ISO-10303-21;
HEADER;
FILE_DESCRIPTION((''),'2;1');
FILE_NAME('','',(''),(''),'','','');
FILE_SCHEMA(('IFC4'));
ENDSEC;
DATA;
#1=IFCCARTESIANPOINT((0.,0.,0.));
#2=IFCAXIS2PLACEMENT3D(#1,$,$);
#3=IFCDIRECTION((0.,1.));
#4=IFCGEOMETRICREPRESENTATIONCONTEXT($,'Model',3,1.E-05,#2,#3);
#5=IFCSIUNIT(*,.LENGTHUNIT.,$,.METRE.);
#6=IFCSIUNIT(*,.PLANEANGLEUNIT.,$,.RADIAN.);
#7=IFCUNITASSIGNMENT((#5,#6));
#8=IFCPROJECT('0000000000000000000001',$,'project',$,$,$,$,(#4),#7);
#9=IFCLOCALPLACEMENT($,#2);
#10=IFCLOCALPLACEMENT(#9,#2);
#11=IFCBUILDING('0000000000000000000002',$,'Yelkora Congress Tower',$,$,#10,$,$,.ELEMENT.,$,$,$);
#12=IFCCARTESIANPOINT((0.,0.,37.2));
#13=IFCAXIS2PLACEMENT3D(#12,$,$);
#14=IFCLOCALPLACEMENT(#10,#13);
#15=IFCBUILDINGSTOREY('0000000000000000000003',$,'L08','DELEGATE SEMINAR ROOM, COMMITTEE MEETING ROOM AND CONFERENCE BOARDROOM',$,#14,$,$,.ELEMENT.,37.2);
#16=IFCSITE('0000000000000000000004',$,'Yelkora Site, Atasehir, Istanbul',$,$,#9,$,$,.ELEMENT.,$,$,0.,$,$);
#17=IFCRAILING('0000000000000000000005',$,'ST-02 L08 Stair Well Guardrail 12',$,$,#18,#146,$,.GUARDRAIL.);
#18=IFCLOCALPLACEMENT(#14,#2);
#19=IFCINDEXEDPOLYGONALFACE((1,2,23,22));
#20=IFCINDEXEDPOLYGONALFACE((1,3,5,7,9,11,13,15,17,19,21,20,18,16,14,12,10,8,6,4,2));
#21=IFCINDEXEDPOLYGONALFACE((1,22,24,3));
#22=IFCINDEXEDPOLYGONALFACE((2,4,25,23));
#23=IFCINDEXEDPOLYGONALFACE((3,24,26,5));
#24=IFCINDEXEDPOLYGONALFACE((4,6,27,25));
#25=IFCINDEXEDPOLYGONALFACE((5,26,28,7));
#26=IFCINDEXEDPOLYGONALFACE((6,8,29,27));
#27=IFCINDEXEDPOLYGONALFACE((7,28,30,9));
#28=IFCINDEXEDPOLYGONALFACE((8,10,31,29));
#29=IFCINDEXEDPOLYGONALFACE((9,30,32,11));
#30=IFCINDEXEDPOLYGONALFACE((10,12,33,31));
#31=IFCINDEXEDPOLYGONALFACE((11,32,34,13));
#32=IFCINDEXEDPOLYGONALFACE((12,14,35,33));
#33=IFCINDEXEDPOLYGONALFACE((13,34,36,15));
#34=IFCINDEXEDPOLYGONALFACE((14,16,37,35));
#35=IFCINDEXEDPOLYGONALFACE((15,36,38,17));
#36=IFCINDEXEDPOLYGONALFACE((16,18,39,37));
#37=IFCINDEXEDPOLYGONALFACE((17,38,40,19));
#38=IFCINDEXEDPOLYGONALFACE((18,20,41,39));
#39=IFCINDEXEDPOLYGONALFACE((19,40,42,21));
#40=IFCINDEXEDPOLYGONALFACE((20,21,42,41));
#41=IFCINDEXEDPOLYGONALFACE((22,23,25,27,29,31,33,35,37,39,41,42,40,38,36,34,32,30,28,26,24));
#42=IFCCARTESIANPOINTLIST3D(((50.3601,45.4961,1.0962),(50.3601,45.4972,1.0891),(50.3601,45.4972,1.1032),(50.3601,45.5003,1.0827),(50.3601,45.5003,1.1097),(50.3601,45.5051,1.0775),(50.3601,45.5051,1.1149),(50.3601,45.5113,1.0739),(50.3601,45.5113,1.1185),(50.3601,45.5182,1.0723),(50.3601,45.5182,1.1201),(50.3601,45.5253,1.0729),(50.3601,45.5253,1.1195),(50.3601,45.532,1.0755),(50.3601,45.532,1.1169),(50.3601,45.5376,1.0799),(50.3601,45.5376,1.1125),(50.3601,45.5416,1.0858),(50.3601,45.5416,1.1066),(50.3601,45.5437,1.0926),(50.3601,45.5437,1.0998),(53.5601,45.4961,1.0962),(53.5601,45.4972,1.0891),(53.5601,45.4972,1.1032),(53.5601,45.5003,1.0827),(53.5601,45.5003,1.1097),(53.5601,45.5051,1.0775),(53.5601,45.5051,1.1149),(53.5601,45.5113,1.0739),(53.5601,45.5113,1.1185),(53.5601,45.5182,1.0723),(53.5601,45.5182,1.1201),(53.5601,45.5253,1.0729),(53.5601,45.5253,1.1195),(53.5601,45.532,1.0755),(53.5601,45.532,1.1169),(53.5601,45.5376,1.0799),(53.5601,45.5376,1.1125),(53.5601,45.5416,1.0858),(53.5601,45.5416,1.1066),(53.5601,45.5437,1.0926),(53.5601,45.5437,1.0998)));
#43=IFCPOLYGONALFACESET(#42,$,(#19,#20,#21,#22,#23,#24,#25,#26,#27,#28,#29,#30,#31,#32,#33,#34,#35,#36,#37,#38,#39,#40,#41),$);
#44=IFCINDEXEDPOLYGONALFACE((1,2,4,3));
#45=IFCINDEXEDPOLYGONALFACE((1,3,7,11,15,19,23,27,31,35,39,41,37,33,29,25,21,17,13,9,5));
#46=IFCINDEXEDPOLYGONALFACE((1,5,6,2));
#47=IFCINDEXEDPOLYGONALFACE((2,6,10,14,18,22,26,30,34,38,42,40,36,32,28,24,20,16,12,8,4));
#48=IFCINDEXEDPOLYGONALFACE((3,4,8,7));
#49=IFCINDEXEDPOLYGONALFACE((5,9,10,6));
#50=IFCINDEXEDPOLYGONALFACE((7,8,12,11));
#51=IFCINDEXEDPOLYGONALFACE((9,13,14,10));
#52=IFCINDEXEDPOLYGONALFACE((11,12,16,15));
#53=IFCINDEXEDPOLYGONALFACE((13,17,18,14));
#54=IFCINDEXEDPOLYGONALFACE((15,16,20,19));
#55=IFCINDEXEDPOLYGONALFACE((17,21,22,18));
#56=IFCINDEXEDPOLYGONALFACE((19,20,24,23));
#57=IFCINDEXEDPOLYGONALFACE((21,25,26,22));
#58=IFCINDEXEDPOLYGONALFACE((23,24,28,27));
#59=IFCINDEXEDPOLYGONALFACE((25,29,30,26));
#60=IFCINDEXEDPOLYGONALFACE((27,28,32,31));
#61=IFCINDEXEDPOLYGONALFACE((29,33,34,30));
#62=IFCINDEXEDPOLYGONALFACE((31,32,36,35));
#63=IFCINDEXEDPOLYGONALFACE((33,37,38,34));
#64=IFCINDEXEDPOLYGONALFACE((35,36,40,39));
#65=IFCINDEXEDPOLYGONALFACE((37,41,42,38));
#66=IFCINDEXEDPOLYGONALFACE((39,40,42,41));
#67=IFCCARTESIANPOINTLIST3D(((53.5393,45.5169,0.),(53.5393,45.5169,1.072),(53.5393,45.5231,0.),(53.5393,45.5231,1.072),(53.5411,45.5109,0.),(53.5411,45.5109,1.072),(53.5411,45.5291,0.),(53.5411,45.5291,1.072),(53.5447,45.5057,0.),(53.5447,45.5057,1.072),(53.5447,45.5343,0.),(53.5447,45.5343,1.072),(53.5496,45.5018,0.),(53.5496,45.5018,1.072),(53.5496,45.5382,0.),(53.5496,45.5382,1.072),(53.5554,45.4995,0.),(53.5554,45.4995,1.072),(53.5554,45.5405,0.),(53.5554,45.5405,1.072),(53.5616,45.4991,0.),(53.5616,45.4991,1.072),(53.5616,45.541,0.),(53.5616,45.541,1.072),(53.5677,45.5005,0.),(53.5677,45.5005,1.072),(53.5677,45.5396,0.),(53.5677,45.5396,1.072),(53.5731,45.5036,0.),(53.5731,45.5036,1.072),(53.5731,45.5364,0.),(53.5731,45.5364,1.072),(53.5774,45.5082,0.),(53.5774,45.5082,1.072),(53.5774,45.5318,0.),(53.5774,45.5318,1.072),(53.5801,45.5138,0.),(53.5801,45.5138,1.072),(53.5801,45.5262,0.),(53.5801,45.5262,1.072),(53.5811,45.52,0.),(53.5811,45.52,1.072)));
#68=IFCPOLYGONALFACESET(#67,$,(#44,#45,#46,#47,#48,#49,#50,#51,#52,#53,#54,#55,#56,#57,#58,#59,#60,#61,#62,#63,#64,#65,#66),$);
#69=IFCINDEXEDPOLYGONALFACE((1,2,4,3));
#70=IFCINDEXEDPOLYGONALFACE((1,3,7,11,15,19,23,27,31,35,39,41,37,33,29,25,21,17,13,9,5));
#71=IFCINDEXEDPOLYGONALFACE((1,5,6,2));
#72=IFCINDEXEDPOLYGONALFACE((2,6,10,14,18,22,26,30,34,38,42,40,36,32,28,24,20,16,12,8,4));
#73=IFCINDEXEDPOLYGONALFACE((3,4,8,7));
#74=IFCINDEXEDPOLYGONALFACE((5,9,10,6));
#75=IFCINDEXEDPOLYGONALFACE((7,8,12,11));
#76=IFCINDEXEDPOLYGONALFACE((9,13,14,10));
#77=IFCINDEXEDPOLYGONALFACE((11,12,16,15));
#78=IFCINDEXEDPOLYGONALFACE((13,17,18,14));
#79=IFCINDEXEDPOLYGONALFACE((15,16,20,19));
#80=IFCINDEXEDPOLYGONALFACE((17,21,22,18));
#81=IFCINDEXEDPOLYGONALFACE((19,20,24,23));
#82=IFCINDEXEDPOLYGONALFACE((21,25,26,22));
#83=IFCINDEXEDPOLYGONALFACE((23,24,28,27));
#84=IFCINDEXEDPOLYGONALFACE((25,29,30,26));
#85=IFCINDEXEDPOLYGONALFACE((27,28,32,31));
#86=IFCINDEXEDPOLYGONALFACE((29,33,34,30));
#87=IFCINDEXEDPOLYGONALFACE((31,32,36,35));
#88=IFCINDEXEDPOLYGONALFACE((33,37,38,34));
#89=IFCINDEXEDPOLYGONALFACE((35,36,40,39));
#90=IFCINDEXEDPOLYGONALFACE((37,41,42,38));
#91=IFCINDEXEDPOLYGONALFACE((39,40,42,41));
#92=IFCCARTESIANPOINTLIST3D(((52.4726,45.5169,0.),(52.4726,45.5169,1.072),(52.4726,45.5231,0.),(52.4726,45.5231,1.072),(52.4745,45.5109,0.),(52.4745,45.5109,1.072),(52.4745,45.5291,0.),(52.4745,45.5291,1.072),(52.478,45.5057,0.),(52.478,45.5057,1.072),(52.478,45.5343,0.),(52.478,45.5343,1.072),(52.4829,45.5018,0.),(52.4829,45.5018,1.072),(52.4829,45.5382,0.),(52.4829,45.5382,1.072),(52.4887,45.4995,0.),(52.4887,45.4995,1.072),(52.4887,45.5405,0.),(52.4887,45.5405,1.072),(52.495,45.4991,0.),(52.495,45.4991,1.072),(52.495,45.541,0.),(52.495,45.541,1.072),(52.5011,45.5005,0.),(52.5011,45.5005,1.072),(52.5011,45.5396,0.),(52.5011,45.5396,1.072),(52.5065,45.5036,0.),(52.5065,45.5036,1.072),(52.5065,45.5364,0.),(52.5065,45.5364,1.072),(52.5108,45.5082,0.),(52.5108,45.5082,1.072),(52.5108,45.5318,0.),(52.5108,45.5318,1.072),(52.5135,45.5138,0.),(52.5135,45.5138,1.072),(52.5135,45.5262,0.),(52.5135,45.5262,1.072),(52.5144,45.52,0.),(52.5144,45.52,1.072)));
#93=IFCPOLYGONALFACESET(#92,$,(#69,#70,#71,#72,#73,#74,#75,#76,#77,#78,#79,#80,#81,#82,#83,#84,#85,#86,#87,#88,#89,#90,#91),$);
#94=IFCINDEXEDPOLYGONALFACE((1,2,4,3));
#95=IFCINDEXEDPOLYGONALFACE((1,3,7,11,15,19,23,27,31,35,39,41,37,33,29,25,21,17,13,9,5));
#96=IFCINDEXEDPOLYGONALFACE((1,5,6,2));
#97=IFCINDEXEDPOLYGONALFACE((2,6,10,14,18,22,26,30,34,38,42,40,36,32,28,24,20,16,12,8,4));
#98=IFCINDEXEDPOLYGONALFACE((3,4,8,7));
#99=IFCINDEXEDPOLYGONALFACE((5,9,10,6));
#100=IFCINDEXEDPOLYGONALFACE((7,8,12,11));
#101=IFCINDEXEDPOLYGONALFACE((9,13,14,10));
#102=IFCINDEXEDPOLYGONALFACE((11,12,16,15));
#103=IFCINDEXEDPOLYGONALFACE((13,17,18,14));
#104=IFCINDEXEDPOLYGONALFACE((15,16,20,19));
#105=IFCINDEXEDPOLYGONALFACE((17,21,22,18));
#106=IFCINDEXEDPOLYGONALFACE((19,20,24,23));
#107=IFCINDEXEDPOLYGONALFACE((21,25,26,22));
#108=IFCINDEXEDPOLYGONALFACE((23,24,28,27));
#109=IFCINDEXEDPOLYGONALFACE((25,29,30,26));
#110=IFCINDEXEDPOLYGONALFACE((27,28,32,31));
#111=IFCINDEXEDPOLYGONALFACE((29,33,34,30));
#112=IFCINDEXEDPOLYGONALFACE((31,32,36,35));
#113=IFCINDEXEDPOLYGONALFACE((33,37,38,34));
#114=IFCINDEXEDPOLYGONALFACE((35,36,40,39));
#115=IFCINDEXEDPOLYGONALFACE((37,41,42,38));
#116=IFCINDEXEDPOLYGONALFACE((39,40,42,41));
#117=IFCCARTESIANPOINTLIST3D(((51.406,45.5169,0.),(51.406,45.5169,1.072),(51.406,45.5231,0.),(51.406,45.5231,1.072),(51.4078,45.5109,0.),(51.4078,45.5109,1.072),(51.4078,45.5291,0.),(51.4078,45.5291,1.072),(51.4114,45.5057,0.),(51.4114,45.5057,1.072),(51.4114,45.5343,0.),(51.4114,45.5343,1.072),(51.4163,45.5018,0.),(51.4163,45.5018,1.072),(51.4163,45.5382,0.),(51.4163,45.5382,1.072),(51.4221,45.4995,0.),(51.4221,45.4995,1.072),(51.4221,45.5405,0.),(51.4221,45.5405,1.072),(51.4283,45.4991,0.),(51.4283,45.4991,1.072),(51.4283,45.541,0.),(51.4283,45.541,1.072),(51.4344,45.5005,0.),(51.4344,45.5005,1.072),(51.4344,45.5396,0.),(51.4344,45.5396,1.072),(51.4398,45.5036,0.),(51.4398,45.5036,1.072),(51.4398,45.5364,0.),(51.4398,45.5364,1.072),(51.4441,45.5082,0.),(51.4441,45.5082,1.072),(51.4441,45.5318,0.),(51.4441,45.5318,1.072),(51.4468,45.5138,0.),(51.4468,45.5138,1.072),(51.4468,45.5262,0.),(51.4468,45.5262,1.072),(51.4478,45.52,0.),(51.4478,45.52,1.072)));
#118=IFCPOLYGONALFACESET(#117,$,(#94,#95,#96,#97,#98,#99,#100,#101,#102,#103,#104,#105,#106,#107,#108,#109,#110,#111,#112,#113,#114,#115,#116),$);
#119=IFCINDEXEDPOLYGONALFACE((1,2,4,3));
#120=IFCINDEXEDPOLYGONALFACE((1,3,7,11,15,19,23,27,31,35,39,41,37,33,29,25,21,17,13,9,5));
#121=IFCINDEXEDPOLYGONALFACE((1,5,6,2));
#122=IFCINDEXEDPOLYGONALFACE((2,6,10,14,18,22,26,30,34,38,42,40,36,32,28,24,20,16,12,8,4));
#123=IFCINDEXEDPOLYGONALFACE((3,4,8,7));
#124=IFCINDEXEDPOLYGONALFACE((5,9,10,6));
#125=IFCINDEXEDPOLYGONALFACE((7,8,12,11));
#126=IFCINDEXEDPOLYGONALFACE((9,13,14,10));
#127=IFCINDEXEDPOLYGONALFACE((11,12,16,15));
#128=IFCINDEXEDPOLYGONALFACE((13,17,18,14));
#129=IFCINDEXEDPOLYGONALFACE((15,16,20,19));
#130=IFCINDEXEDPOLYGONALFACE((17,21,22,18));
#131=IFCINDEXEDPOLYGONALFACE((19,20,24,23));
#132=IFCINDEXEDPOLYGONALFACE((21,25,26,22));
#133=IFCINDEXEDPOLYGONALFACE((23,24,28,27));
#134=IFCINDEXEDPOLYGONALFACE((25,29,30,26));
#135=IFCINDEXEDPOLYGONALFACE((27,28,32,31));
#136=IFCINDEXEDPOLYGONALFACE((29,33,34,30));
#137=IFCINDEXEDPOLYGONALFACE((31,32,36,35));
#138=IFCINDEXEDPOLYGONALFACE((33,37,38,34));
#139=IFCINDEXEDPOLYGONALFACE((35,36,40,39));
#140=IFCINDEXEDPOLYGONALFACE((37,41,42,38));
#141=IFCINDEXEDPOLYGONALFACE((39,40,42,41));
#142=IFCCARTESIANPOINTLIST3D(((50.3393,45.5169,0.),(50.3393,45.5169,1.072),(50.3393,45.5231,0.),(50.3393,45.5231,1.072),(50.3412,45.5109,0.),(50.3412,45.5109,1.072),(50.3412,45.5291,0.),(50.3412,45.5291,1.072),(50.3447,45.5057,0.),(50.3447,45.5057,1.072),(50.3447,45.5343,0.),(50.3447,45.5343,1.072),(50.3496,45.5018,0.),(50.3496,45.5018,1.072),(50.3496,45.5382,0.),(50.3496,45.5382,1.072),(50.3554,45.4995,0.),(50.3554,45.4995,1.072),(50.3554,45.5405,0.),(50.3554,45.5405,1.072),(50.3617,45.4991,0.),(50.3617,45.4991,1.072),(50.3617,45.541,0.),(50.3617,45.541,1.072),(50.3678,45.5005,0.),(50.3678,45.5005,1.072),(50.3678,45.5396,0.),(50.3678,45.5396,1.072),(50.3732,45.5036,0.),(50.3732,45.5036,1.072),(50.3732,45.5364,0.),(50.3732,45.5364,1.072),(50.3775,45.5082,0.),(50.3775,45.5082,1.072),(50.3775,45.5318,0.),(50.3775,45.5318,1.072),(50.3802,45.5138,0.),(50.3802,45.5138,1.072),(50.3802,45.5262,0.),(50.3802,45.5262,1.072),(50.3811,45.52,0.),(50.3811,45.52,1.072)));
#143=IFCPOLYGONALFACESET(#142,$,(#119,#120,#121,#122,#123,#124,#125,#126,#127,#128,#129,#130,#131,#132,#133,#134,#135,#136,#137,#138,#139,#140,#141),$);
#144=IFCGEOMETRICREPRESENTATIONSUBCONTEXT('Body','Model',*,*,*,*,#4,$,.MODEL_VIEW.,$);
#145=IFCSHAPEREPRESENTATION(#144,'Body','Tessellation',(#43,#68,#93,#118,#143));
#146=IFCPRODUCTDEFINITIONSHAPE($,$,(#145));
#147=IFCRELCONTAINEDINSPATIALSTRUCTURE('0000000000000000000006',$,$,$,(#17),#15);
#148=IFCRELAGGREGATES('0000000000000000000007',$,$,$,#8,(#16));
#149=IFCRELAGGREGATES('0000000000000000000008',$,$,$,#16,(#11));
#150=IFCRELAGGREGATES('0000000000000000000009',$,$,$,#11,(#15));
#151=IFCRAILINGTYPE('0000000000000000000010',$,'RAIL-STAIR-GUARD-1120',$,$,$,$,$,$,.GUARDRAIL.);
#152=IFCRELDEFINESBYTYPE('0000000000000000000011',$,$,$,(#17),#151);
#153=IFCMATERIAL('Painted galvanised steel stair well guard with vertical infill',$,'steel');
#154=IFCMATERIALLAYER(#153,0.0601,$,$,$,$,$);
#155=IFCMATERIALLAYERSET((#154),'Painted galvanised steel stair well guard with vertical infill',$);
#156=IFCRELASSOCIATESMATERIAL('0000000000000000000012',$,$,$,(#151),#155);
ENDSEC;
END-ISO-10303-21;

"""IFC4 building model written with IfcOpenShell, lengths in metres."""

from ifc_helpers import new_model, si_unit, direction, frame, origin, origin_2d, place, context, subcontext, project, spatial, circle, extrude, material, layer, layer_set, type_object, element, save


model = new_model("IFC4")

# Units and contexts
model_context = context("Model", 3, precision=1e-05, world=origin(), true_north=direction((0.0, 1.0)))
body_context = subcontext(model_context, "Body", "Model", "MODEL_VIEW")
ifc_project = project(units=[si_unit("LENGTHUNIT", "METRE"), si_unit("PLANEANGLEUNIT", "RADIAN")], contexts=[model_context])

# Site, building, storey
site_placement = place(None, origin())
site = spatial("IfcSite", under=ifc_project, at=site_placement, Name="Yelkora Site, Atasehir, Istanbul", CompositionType="ELEMENT", RefElevation=0.0)
building_placement = place(site_placement, origin())
building = spatial("IfcBuilding", under=site, at=building_placement, Name="Yelkora Congress Tower", CompositionType="ELEMENT")
storey_placement = place(building_placement, frame((0.0, 0.0, 37.2)))
storey = spatial("IfcBuildingStorey", under=building, at=storey_placement, Name="L08", Description="DELEGATE SEMINAR ROOM, COMMITTEE MEETING ROOM AND CONFERENCE BOARDROOM", CompositionType="ELEMENT", Elevation=37.2)

# Railing
ifc_material_1 = material(Name="Painted galvanised steel stair well guard with vertical infill", Category="steel")
ifc_layer_1 = layer(ifc_material_1, 0.0601)
ifc_layer_set_1 = layer_set([ifc_layer_1], Name="Painted galvanised steel stair well guard with vertical infill")
railing_type_1 = type_object("IfcRailingType", Name="RAIL-STAIR-GUARD-1120", PredefinedType="GUARDRAIL", material=ifc_layer_set_1)
railing_1_placement = place(storey_placement, frame((53.5601, 45.52, 0.0)))
element("IfcRailing", 1, at=railing_1_placement, inside=storey, type_object=railing_type_1, Name="ST-02 L08 Stair Well Guardrail 12", PredefinedType="GUARDRAIL", context=body_context, shape_type="SweptSolid", body=[
    extrude(circle(Radius=0.0239, at=origin_2d()), frame((0.0, 0.0, 1.0962), z_axis=(-1.0, 0.0, 0.0), x_axis=(0.0, -1.0, 0.0)), (0.0, 0.0, 1.0), 3.2),
    extrude(circle(Radius=0.021, at=origin_2d()), origin(), (0.0, 0.0, 1.0), 1.072),
    extrude(circle(Radius=0.021, at=origin_2d()), frame((-1.0667, 0.0, 0.0)), (0.0, 0.0, 1.0), 1.072),
    extrude(circle(Radius=0.021, at=origin_2d()), frame((-2.1333, 0.0, 0.0)), (0.0, 0.0, 1.0), 1.072),
    extrude(circle(Radius=0.021, at=origin_2d()), frame((-3.2, 0.0, 0.0)), (0.0, 0.0, 1.0), 1.072),
])

save(model, "model.ifc")
